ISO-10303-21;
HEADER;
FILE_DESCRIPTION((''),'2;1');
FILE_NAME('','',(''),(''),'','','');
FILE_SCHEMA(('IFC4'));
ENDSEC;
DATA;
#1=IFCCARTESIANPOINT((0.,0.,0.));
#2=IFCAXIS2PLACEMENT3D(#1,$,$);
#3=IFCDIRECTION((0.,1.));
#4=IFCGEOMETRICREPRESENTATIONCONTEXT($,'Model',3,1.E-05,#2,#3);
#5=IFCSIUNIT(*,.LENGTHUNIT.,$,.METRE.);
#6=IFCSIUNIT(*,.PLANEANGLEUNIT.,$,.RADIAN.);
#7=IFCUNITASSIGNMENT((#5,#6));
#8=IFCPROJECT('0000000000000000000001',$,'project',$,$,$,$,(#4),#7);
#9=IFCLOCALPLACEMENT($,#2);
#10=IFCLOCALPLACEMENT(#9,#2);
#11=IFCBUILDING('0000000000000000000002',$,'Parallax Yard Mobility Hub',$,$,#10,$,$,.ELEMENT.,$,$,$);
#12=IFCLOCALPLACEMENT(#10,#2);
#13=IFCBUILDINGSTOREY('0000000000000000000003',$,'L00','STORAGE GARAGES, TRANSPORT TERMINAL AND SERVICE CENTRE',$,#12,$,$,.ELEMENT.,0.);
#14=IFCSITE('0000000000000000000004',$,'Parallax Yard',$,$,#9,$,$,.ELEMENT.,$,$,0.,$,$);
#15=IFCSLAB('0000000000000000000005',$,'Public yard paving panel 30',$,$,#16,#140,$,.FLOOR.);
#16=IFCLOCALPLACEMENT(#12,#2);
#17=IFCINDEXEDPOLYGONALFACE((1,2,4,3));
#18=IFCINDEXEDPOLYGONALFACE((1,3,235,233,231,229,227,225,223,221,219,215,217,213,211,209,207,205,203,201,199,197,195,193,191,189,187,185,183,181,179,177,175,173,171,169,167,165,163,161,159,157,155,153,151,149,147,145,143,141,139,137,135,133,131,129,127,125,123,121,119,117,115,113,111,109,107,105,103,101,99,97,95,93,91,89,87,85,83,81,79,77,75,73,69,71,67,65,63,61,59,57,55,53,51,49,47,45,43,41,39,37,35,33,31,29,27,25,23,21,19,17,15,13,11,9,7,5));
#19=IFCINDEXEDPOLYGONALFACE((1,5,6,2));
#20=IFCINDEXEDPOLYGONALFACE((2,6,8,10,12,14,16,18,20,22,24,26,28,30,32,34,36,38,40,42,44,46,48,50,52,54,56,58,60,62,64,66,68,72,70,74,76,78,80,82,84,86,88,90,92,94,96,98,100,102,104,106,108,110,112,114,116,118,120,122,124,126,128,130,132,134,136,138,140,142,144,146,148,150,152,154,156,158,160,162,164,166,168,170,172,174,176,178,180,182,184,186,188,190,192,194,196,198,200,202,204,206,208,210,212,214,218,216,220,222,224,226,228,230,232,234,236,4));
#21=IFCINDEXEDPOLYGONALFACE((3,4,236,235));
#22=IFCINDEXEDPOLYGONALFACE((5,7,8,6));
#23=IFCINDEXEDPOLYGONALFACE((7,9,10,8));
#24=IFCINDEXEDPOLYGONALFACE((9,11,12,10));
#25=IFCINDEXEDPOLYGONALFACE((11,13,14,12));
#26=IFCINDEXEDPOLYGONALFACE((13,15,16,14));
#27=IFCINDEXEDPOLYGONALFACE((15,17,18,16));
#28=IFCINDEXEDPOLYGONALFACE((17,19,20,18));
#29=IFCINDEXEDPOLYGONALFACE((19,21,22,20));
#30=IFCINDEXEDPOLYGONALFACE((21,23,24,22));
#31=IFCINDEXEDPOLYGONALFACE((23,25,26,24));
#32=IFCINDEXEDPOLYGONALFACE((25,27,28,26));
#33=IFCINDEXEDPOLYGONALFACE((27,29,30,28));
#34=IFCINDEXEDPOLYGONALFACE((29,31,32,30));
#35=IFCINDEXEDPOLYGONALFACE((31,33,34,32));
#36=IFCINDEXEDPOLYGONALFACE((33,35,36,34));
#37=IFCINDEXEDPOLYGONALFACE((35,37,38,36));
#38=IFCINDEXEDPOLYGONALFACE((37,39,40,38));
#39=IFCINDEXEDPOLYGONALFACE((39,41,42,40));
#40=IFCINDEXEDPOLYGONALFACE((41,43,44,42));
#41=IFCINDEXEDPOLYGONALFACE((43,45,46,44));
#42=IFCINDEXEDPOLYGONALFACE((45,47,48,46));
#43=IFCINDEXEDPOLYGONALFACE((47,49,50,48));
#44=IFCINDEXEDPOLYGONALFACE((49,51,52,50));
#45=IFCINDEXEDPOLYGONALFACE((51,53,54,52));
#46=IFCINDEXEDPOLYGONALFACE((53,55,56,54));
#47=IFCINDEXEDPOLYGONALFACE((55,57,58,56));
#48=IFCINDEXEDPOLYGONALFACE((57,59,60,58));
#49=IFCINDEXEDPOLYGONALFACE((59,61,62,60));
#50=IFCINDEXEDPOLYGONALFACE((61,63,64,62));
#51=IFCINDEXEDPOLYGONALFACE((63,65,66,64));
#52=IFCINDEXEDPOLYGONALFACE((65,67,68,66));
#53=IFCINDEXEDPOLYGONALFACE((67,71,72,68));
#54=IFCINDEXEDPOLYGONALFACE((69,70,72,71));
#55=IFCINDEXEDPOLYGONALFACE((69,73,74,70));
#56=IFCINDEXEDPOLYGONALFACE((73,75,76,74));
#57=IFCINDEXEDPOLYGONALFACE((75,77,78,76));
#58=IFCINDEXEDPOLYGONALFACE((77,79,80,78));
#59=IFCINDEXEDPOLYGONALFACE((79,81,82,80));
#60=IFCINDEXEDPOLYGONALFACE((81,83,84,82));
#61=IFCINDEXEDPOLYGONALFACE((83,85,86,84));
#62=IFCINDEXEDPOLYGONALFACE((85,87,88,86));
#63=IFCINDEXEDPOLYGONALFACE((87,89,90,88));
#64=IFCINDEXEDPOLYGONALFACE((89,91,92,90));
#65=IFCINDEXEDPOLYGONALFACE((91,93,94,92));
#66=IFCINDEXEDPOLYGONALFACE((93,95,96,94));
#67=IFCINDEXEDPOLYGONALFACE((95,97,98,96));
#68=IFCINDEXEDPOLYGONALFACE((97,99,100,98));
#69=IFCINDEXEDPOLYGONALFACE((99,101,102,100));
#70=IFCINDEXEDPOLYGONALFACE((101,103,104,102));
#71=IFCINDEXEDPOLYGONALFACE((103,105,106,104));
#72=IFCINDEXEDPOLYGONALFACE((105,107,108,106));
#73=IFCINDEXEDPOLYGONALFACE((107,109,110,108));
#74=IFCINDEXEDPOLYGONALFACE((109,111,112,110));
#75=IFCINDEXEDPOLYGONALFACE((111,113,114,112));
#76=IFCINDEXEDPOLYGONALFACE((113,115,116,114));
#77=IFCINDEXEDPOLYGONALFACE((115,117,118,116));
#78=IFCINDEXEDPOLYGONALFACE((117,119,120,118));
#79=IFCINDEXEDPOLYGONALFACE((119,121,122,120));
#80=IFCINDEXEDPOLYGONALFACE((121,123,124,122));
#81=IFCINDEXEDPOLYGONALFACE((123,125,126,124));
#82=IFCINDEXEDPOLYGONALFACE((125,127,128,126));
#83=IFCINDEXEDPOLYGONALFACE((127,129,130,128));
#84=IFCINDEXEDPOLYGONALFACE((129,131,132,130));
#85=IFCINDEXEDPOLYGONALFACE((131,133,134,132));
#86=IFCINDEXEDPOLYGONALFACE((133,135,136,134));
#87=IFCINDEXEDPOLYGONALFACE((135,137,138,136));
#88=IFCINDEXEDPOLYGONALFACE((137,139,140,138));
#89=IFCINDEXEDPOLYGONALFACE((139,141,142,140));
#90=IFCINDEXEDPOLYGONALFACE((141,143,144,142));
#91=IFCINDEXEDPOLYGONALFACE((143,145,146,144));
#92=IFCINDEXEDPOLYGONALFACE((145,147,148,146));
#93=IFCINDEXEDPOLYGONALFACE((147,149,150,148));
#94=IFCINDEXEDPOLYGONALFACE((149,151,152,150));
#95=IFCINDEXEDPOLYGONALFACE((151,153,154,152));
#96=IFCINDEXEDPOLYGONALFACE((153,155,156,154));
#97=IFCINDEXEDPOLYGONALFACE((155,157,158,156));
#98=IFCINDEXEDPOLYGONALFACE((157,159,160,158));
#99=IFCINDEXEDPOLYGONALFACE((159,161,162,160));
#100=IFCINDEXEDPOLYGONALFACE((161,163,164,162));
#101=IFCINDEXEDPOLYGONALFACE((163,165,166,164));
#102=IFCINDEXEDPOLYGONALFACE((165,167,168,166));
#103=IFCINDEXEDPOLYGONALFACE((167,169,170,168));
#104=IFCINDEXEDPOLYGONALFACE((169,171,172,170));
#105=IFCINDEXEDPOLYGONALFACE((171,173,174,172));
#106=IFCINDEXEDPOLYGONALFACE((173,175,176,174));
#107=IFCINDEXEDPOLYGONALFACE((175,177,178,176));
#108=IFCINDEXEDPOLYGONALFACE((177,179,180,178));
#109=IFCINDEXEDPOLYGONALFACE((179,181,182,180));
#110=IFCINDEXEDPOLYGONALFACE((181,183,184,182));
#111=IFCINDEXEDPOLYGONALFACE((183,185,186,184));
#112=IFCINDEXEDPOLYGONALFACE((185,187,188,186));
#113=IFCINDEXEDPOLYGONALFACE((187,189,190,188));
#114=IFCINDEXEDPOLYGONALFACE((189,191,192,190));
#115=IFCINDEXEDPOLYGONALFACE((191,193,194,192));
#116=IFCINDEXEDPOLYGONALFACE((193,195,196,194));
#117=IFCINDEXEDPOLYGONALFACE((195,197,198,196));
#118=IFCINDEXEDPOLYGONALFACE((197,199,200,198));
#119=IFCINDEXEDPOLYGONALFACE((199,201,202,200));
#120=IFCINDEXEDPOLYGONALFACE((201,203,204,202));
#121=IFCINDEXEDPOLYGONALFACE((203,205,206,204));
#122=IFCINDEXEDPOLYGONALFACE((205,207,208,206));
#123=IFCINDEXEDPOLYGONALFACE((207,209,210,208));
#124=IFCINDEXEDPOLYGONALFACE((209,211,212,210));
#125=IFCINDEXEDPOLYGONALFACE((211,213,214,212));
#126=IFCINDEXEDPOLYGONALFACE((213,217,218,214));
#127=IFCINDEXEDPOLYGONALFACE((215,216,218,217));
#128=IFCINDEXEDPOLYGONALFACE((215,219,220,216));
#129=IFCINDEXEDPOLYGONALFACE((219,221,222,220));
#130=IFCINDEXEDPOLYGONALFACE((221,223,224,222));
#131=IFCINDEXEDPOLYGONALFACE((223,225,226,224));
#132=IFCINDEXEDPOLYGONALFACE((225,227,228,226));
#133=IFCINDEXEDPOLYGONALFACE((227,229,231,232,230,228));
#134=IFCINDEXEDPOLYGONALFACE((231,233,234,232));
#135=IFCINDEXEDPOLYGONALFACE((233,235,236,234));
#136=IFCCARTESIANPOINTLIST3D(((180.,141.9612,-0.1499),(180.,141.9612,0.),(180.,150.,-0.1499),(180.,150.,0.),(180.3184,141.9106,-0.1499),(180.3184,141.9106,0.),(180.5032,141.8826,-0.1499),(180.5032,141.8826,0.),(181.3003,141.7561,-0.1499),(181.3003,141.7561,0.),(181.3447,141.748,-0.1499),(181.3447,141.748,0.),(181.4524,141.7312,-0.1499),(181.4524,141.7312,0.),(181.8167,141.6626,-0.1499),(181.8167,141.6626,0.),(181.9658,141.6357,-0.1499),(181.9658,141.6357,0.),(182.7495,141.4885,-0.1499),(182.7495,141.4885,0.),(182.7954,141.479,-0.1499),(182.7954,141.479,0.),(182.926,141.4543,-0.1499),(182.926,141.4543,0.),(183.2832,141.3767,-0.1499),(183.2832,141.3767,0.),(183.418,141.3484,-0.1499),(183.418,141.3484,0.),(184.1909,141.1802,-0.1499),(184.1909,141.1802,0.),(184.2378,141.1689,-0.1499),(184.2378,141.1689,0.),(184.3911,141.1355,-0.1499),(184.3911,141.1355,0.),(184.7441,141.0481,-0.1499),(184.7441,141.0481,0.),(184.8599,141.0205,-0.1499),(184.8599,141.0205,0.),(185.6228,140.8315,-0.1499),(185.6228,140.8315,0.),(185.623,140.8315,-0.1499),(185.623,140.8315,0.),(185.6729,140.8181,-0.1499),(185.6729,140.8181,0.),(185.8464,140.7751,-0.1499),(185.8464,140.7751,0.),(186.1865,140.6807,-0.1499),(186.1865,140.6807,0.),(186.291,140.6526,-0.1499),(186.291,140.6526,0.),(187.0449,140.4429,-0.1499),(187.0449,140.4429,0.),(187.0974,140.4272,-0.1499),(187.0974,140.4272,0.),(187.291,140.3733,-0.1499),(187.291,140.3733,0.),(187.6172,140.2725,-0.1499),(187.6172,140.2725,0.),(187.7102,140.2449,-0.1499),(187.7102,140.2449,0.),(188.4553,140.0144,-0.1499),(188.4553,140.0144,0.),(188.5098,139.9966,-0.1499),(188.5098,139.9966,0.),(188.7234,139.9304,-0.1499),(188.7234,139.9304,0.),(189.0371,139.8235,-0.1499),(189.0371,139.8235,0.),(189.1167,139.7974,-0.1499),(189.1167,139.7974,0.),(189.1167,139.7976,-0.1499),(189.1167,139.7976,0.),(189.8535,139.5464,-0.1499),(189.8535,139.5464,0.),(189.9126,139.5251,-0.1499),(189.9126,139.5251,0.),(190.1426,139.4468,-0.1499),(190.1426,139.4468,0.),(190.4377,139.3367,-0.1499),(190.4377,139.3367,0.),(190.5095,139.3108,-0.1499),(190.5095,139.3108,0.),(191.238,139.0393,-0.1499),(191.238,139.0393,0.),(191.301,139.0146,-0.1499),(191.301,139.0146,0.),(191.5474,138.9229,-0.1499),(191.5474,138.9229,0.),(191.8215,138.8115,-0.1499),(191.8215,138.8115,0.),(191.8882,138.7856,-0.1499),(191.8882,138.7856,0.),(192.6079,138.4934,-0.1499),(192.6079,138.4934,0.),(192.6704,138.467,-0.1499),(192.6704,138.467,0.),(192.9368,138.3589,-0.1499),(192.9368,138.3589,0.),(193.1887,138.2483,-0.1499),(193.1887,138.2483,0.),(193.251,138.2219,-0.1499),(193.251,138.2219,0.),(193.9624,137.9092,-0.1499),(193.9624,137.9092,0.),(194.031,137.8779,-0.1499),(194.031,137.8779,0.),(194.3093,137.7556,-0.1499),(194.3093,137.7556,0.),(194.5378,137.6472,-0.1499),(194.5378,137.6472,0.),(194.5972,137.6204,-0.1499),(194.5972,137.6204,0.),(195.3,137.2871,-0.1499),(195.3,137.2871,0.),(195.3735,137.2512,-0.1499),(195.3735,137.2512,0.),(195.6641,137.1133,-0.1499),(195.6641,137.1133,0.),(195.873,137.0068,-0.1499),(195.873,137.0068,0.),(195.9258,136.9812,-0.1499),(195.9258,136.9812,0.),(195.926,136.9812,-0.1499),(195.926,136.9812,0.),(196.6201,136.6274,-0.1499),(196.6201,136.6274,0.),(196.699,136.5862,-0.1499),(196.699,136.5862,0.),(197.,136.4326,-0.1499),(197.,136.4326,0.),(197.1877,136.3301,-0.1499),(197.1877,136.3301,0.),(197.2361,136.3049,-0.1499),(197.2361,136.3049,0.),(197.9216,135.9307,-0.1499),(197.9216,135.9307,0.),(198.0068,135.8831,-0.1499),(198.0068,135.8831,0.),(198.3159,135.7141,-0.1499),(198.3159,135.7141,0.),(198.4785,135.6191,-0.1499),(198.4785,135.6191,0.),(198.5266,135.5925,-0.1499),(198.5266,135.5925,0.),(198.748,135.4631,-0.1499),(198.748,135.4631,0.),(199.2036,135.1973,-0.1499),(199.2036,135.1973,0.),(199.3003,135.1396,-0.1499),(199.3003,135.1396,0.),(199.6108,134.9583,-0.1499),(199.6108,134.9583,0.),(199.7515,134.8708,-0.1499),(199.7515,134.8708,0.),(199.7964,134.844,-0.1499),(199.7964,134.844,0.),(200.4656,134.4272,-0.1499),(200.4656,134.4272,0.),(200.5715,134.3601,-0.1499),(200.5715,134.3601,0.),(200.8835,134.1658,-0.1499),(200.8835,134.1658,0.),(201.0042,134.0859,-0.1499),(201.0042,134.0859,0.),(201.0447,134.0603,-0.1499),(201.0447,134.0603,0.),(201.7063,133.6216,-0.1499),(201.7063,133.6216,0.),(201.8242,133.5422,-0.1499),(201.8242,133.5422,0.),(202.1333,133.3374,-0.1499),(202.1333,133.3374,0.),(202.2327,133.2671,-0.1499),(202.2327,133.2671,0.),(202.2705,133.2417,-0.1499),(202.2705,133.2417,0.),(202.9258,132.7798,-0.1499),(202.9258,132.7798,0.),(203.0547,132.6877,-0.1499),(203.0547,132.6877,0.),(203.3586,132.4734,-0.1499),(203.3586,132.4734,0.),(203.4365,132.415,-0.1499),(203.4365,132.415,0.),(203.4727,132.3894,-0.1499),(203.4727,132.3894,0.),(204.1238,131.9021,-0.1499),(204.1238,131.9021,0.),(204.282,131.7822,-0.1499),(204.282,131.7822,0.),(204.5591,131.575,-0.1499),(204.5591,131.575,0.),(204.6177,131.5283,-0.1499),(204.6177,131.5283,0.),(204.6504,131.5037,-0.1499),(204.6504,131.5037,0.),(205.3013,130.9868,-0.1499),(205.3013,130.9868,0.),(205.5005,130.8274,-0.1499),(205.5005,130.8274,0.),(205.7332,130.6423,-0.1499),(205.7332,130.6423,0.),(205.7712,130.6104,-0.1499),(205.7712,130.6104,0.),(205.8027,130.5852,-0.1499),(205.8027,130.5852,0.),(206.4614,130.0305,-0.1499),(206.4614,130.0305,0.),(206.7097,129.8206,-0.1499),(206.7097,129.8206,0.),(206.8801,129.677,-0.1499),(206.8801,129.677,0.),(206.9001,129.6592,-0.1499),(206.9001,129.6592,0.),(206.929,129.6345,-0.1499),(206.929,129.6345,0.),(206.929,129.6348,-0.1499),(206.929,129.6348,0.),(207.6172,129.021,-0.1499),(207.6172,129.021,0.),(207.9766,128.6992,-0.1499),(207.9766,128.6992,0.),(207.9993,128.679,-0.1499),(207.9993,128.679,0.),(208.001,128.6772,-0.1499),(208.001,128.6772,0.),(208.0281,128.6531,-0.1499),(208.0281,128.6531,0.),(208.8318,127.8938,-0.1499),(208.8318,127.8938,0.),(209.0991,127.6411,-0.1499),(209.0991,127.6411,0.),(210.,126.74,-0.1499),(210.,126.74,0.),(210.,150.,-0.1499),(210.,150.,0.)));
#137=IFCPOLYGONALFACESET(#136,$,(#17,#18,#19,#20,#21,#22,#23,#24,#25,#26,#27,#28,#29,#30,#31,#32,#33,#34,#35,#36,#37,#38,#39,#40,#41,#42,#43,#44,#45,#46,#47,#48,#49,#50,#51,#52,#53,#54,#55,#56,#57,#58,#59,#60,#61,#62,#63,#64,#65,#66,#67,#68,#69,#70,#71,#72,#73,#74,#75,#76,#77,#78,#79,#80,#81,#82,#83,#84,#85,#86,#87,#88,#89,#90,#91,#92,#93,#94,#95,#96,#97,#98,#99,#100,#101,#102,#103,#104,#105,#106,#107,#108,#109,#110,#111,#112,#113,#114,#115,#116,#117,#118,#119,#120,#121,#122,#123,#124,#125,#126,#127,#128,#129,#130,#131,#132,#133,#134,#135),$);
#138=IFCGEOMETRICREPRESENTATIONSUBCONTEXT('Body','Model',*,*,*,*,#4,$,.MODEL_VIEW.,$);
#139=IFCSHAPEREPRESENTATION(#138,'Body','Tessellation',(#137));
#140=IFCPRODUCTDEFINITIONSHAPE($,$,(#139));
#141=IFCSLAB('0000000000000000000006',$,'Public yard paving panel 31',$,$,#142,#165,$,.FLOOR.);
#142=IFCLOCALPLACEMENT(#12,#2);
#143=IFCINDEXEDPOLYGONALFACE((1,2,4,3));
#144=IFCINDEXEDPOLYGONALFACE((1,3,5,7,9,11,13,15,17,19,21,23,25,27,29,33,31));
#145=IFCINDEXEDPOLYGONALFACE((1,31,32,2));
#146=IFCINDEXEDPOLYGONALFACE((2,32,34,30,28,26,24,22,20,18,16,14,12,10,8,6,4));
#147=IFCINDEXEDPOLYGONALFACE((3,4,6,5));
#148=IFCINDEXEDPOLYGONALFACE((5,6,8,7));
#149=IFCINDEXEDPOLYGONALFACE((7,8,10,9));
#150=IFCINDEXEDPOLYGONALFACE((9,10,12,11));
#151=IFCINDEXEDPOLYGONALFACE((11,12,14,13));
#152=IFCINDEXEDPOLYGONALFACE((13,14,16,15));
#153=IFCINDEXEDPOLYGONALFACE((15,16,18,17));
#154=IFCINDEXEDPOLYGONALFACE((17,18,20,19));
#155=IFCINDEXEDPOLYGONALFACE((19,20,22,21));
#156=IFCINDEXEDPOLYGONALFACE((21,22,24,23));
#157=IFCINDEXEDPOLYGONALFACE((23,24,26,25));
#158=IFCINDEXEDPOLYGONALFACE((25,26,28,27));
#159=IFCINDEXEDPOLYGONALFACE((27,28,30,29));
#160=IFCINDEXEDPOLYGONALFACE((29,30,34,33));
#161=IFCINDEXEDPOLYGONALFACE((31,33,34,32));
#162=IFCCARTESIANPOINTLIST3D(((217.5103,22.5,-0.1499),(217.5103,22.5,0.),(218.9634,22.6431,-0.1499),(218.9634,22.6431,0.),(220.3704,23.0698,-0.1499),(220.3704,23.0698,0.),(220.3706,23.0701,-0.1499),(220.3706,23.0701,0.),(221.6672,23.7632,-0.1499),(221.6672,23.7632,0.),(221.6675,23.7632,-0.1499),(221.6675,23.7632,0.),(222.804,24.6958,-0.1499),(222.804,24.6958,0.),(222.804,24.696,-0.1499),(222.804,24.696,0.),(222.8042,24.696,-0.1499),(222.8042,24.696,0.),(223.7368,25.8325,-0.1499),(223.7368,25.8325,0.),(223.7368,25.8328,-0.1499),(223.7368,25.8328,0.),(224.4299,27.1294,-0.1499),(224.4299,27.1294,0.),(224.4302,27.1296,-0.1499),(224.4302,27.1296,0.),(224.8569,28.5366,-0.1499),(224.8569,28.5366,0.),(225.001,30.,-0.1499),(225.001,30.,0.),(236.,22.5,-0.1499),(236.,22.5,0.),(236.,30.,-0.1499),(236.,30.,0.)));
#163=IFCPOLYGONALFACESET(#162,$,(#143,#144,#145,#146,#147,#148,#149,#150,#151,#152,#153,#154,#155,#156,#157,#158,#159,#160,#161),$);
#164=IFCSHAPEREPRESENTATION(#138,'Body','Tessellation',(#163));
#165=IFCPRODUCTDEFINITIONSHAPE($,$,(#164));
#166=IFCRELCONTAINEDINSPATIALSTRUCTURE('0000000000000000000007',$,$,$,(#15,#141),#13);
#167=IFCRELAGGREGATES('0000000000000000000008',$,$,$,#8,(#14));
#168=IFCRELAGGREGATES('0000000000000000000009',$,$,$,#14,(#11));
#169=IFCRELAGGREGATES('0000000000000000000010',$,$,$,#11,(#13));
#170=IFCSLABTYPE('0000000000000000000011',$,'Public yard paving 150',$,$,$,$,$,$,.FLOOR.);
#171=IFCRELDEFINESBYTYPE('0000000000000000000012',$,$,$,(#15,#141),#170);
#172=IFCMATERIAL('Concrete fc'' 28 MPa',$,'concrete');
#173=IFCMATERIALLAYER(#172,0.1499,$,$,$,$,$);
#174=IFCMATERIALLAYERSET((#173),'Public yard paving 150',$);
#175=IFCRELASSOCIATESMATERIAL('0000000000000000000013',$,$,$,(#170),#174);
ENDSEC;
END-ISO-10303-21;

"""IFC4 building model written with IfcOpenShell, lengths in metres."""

from ifc_helpers import new_model, si_unit, direction, frame, origin, place, context, subcontext, project, spatial, polyline, outline, extrude, material, layer, layer_set, type_object, element, save


model = new_model("IFC4")

# Units and contexts
model_context = context("Model", 3, precision=1e-05, world=origin(), true_north=direction((0.0, 1.0)))
body_context = subcontext(model_context, "Body", "Model", "MODEL_VIEW")
ifc_project = project(units=[si_unit("LENGTHUNIT", "METRE"), si_unit("PLANEANGLEUNIT", "RADIAN")], contexts=[model_context])

# Site, building, storey
site_placement = place(None, origin())
site = spatial("IfcSite", under=ifc_project, at=site_placement, Name="Parallax Yard", CompositionType="ELEMENT", RefElevation=0.0)
building_placement = place(site_placement, origin())
building = spatial("IfcBuilding", under=site, at=building_placement, Name="Parallax Yard Mobility Hub", CompositionType="ELEMENT")
storey_placement = place(building_placement, origin())
storey = spatial("IfcBuildingStorey", under=building, at=storey_placement, Name="L00", Description="STORAGE GARAGES, TRANSPORT TERMINAL AND SERVICE CENTRE", CompositionType="ELEMENT", Elevation=0.0)

# Slabs
ifc_material = material(Name="Concrete fc' 28 MPa", Category="concrete")
ifc_layer_1 = layer(ifc_material, 0.1499)
ifc_layer_set_1 = layer_set([ifc_layer_1], Name="Public yard paving 150")
slab_type_1 = type_object("IfcSlabType", Name="Public yard paving 150", PredefinedType="FLOOR", material=ifc_layer_set_1)
slab_1_placement = place(storey_placement, frame((0.0, 0.0, -0.1499)))
element("IfcSlab", 1, at=slab_1_placement, inside=storey, type_object=slab_type_1, Name="Public yard paving panel 30", PredefinedType="FLOOR", context=body_context, shape_type="SweptSolid", body=[
    extrude(outline(polyline([(210.0, 150.0), (210.0, 126.74), (209.0991, 127.6411), (209.0991, 127.6411), (208.8318, 127.8938), (208.0281, 128.6531), (208.0281, 128.6531), (208.001, 128.6772), (207.9993, 128.679), (207.9766, 128.6992), (207.6172, 129.021), (207.6172, 129.021), (206.929, 129.6345), (206.929, 129.6348), (206.9001, 129.6592), (206.8801, 129.677), (206.7097, 129.8206), (206.4614, 130.0305), (206.4614, 130.0305), (205.8027, 130.5852), (205.8027, 130.5852), (205.7712, 130.6104), (205.7332, 130.6423), (205.5005, 130.8274), (205.3013, 130.9868), (205.3013, 130.9868), (204.6504, 131.5037), (204.6504, 131.5037), (204.6177, 131.5283), (204.5591, 131.575), (204.282, 131.7822), (204.1238, 131.9021), (204.1238, 131.9021), (203.4727, 132.3894), (203.4727, 132.3894), (203.4365, 132.415), (203.3586, 132.4734), (203.0547, 132.6877), (202.9258, 132.7798), (202.9258, 132.7798), (202.2705, 133.2417), (202.2705, 133.2417), (202.2327, 133.2671), (202.1333, 133.3374), (201.8242, 133.5422), (201.7063, 133.6216), (201.7063, 133.6216), (201.0447, 134.0603), (201.0447, 134.0603), (201.0042, 134.0859), (200.8835, 134.1658), (200.5715, 134.3601), (200.4656, 134.4272), (200.4656, 134.4272), (199.7964, 134.844), (199.7964, 134.844), (199.7515, 134.8708), (199.6108, 134.9583), (199.3003, 135.1396), (199.2036, 135.1973), (199.2036, 135.1973), (198.748, 135.4631), (198.5266, 135.5925), (198.5266, 135.5925), (198.4785, 135.6191), (198.3159, 135.7141), (198.0068, 135.8831), (197.9216, 135.9307), (197.9216, 135.9307), (197.2361, 136.3049), (197.2361, 136.3049), (197.1877, 136.3301), (197.0, 136.4326), (196.699, 136.5862), (196.6201, 136.6274), (196.6201, 136.6274), (195.926, 136.9812), (195.9258, 136.9812), (195.873, 137.0068), (195.6641, 137.1133), (195.3735, 137.2512), (195.3, 137.2871), (195.3, 137.2871), (194.5972, 137.6204), (194.5972, 137.6204), (194.5378, 137.6472), (194.3093, 137.7556), (194.031, 137.8779), (193.9624, 137.9092), (193.9624, 137.9092), (193.251, 138.2219), (193.251, 138.2219), (193.1887, 138.2483), (192.9368, 138.3589), (192.6704, 138.467), (192.6079, 138.4934), (192.6079, 138.4934), (191.8882, 138.7856), (191.8882, 138.7856), (191.8215, 138.8115), (191.5474, 138.9229), (191.301, 139.0146), (191.238, 139.0393), (191.238, 139.0393), (190.5095, 139.3108), (190.5095, 139.3108), (190.4377, 139.3367), (190.1426, 139.4468), (189.9126, 139.5251), (189.8535, 139.5464), (189.8535, 139.5464), (189.1167, 139.7974), (189.1167, 139.7976), (189.0371, 139.8235), (188.7234, 139.9304), (188.5098, 139.9966), (188.4553, 140.0144), (188.4553, 140.0144), (187.7102, 140.2449), (187.7102, 140.2449), (187.6172, 140.2725), (187.291, 140.3733), (187.0974, 140.4272), (187.0449, 140.4429), (187.0449, 140.4429), (186.291, 140.6526), (186.291, 140.6526), (186.1865, 140.6807), (185.8464, 140.7751), (185.6729, 140.8181), (185.623, 140.8315), (185.6228, 140.8315), (184.8599, 141.0205), (184.8599, 141.0205), (184.7441, 141.0481), (184.3911, 141.1355), (184.2378, 141.1689), (184.1909, 141.1802), (184.1909, 141.1802), (183.418, 141.3484), (183.418, 141.3484), (183.2832, 141.3767), (182.926, 141.4543), (182.7954, 141.479), (182.7495, 141.4885), (182.7495, 141.4885), (181.9658, 141.6357), (181.9658, 141.6357), (181.8167, 141.6626), (181.4524, 141.7312), (181.3447, 141.748), (181.3003, 141.7561), (181.3003, 141.7561), (180.5032, 141.8826), (180.5032, 141.8826), (180.3184, 141.9106), (180.0, 141.9612), (180.0, 150.0), (210.0, 150.0)])), origin(), (0.0, 0.0, 1.0), 0.1499),
])
slab_2_placement = place(storey_placement, frame((0.0, 0.0, -0.1499)))
element("IfcSlab", 2, at=slab_2_placement, inside=storey, type_object=slab_type_1, Name="Public yard paving panel 31", PredefinedType="FLOOR", context=body_context, shape_type="SweptSolid", body=[
    extrude(outline(polyline([(236.0, 22.5), (217.5103, 22.5), (218.9634, 22.6431), (218.9634, 22.6431), (218.9634, 22.6431), (220.3704, 23.0698), (220.3706, 23.0701), (220.3706, 23.0701), (221.6672, 23.7632), (221.6675, 23.7632), (221.6675, 23.7632), (222.804, 24.6958), (222.804, 24.696), (222.8042, 24.696), (223.7368, 25.8325), (223.7368, 25.8325), (223.7368, 25.8328), (224.4299, 27.1294), (224.4299, 27.1294), (224.4302, 27.1296), (224.8569, 28.5366), (224.8569, 28.5366), (224.8569, 28.5366), (225.001, 30.0), (225.001, 30.0), (236.0, 30.0), (236.0, 22.5)])), origin(), (0.0, 0.0, 1.0), 0.1499),
])

save(model, "model.ifc")
